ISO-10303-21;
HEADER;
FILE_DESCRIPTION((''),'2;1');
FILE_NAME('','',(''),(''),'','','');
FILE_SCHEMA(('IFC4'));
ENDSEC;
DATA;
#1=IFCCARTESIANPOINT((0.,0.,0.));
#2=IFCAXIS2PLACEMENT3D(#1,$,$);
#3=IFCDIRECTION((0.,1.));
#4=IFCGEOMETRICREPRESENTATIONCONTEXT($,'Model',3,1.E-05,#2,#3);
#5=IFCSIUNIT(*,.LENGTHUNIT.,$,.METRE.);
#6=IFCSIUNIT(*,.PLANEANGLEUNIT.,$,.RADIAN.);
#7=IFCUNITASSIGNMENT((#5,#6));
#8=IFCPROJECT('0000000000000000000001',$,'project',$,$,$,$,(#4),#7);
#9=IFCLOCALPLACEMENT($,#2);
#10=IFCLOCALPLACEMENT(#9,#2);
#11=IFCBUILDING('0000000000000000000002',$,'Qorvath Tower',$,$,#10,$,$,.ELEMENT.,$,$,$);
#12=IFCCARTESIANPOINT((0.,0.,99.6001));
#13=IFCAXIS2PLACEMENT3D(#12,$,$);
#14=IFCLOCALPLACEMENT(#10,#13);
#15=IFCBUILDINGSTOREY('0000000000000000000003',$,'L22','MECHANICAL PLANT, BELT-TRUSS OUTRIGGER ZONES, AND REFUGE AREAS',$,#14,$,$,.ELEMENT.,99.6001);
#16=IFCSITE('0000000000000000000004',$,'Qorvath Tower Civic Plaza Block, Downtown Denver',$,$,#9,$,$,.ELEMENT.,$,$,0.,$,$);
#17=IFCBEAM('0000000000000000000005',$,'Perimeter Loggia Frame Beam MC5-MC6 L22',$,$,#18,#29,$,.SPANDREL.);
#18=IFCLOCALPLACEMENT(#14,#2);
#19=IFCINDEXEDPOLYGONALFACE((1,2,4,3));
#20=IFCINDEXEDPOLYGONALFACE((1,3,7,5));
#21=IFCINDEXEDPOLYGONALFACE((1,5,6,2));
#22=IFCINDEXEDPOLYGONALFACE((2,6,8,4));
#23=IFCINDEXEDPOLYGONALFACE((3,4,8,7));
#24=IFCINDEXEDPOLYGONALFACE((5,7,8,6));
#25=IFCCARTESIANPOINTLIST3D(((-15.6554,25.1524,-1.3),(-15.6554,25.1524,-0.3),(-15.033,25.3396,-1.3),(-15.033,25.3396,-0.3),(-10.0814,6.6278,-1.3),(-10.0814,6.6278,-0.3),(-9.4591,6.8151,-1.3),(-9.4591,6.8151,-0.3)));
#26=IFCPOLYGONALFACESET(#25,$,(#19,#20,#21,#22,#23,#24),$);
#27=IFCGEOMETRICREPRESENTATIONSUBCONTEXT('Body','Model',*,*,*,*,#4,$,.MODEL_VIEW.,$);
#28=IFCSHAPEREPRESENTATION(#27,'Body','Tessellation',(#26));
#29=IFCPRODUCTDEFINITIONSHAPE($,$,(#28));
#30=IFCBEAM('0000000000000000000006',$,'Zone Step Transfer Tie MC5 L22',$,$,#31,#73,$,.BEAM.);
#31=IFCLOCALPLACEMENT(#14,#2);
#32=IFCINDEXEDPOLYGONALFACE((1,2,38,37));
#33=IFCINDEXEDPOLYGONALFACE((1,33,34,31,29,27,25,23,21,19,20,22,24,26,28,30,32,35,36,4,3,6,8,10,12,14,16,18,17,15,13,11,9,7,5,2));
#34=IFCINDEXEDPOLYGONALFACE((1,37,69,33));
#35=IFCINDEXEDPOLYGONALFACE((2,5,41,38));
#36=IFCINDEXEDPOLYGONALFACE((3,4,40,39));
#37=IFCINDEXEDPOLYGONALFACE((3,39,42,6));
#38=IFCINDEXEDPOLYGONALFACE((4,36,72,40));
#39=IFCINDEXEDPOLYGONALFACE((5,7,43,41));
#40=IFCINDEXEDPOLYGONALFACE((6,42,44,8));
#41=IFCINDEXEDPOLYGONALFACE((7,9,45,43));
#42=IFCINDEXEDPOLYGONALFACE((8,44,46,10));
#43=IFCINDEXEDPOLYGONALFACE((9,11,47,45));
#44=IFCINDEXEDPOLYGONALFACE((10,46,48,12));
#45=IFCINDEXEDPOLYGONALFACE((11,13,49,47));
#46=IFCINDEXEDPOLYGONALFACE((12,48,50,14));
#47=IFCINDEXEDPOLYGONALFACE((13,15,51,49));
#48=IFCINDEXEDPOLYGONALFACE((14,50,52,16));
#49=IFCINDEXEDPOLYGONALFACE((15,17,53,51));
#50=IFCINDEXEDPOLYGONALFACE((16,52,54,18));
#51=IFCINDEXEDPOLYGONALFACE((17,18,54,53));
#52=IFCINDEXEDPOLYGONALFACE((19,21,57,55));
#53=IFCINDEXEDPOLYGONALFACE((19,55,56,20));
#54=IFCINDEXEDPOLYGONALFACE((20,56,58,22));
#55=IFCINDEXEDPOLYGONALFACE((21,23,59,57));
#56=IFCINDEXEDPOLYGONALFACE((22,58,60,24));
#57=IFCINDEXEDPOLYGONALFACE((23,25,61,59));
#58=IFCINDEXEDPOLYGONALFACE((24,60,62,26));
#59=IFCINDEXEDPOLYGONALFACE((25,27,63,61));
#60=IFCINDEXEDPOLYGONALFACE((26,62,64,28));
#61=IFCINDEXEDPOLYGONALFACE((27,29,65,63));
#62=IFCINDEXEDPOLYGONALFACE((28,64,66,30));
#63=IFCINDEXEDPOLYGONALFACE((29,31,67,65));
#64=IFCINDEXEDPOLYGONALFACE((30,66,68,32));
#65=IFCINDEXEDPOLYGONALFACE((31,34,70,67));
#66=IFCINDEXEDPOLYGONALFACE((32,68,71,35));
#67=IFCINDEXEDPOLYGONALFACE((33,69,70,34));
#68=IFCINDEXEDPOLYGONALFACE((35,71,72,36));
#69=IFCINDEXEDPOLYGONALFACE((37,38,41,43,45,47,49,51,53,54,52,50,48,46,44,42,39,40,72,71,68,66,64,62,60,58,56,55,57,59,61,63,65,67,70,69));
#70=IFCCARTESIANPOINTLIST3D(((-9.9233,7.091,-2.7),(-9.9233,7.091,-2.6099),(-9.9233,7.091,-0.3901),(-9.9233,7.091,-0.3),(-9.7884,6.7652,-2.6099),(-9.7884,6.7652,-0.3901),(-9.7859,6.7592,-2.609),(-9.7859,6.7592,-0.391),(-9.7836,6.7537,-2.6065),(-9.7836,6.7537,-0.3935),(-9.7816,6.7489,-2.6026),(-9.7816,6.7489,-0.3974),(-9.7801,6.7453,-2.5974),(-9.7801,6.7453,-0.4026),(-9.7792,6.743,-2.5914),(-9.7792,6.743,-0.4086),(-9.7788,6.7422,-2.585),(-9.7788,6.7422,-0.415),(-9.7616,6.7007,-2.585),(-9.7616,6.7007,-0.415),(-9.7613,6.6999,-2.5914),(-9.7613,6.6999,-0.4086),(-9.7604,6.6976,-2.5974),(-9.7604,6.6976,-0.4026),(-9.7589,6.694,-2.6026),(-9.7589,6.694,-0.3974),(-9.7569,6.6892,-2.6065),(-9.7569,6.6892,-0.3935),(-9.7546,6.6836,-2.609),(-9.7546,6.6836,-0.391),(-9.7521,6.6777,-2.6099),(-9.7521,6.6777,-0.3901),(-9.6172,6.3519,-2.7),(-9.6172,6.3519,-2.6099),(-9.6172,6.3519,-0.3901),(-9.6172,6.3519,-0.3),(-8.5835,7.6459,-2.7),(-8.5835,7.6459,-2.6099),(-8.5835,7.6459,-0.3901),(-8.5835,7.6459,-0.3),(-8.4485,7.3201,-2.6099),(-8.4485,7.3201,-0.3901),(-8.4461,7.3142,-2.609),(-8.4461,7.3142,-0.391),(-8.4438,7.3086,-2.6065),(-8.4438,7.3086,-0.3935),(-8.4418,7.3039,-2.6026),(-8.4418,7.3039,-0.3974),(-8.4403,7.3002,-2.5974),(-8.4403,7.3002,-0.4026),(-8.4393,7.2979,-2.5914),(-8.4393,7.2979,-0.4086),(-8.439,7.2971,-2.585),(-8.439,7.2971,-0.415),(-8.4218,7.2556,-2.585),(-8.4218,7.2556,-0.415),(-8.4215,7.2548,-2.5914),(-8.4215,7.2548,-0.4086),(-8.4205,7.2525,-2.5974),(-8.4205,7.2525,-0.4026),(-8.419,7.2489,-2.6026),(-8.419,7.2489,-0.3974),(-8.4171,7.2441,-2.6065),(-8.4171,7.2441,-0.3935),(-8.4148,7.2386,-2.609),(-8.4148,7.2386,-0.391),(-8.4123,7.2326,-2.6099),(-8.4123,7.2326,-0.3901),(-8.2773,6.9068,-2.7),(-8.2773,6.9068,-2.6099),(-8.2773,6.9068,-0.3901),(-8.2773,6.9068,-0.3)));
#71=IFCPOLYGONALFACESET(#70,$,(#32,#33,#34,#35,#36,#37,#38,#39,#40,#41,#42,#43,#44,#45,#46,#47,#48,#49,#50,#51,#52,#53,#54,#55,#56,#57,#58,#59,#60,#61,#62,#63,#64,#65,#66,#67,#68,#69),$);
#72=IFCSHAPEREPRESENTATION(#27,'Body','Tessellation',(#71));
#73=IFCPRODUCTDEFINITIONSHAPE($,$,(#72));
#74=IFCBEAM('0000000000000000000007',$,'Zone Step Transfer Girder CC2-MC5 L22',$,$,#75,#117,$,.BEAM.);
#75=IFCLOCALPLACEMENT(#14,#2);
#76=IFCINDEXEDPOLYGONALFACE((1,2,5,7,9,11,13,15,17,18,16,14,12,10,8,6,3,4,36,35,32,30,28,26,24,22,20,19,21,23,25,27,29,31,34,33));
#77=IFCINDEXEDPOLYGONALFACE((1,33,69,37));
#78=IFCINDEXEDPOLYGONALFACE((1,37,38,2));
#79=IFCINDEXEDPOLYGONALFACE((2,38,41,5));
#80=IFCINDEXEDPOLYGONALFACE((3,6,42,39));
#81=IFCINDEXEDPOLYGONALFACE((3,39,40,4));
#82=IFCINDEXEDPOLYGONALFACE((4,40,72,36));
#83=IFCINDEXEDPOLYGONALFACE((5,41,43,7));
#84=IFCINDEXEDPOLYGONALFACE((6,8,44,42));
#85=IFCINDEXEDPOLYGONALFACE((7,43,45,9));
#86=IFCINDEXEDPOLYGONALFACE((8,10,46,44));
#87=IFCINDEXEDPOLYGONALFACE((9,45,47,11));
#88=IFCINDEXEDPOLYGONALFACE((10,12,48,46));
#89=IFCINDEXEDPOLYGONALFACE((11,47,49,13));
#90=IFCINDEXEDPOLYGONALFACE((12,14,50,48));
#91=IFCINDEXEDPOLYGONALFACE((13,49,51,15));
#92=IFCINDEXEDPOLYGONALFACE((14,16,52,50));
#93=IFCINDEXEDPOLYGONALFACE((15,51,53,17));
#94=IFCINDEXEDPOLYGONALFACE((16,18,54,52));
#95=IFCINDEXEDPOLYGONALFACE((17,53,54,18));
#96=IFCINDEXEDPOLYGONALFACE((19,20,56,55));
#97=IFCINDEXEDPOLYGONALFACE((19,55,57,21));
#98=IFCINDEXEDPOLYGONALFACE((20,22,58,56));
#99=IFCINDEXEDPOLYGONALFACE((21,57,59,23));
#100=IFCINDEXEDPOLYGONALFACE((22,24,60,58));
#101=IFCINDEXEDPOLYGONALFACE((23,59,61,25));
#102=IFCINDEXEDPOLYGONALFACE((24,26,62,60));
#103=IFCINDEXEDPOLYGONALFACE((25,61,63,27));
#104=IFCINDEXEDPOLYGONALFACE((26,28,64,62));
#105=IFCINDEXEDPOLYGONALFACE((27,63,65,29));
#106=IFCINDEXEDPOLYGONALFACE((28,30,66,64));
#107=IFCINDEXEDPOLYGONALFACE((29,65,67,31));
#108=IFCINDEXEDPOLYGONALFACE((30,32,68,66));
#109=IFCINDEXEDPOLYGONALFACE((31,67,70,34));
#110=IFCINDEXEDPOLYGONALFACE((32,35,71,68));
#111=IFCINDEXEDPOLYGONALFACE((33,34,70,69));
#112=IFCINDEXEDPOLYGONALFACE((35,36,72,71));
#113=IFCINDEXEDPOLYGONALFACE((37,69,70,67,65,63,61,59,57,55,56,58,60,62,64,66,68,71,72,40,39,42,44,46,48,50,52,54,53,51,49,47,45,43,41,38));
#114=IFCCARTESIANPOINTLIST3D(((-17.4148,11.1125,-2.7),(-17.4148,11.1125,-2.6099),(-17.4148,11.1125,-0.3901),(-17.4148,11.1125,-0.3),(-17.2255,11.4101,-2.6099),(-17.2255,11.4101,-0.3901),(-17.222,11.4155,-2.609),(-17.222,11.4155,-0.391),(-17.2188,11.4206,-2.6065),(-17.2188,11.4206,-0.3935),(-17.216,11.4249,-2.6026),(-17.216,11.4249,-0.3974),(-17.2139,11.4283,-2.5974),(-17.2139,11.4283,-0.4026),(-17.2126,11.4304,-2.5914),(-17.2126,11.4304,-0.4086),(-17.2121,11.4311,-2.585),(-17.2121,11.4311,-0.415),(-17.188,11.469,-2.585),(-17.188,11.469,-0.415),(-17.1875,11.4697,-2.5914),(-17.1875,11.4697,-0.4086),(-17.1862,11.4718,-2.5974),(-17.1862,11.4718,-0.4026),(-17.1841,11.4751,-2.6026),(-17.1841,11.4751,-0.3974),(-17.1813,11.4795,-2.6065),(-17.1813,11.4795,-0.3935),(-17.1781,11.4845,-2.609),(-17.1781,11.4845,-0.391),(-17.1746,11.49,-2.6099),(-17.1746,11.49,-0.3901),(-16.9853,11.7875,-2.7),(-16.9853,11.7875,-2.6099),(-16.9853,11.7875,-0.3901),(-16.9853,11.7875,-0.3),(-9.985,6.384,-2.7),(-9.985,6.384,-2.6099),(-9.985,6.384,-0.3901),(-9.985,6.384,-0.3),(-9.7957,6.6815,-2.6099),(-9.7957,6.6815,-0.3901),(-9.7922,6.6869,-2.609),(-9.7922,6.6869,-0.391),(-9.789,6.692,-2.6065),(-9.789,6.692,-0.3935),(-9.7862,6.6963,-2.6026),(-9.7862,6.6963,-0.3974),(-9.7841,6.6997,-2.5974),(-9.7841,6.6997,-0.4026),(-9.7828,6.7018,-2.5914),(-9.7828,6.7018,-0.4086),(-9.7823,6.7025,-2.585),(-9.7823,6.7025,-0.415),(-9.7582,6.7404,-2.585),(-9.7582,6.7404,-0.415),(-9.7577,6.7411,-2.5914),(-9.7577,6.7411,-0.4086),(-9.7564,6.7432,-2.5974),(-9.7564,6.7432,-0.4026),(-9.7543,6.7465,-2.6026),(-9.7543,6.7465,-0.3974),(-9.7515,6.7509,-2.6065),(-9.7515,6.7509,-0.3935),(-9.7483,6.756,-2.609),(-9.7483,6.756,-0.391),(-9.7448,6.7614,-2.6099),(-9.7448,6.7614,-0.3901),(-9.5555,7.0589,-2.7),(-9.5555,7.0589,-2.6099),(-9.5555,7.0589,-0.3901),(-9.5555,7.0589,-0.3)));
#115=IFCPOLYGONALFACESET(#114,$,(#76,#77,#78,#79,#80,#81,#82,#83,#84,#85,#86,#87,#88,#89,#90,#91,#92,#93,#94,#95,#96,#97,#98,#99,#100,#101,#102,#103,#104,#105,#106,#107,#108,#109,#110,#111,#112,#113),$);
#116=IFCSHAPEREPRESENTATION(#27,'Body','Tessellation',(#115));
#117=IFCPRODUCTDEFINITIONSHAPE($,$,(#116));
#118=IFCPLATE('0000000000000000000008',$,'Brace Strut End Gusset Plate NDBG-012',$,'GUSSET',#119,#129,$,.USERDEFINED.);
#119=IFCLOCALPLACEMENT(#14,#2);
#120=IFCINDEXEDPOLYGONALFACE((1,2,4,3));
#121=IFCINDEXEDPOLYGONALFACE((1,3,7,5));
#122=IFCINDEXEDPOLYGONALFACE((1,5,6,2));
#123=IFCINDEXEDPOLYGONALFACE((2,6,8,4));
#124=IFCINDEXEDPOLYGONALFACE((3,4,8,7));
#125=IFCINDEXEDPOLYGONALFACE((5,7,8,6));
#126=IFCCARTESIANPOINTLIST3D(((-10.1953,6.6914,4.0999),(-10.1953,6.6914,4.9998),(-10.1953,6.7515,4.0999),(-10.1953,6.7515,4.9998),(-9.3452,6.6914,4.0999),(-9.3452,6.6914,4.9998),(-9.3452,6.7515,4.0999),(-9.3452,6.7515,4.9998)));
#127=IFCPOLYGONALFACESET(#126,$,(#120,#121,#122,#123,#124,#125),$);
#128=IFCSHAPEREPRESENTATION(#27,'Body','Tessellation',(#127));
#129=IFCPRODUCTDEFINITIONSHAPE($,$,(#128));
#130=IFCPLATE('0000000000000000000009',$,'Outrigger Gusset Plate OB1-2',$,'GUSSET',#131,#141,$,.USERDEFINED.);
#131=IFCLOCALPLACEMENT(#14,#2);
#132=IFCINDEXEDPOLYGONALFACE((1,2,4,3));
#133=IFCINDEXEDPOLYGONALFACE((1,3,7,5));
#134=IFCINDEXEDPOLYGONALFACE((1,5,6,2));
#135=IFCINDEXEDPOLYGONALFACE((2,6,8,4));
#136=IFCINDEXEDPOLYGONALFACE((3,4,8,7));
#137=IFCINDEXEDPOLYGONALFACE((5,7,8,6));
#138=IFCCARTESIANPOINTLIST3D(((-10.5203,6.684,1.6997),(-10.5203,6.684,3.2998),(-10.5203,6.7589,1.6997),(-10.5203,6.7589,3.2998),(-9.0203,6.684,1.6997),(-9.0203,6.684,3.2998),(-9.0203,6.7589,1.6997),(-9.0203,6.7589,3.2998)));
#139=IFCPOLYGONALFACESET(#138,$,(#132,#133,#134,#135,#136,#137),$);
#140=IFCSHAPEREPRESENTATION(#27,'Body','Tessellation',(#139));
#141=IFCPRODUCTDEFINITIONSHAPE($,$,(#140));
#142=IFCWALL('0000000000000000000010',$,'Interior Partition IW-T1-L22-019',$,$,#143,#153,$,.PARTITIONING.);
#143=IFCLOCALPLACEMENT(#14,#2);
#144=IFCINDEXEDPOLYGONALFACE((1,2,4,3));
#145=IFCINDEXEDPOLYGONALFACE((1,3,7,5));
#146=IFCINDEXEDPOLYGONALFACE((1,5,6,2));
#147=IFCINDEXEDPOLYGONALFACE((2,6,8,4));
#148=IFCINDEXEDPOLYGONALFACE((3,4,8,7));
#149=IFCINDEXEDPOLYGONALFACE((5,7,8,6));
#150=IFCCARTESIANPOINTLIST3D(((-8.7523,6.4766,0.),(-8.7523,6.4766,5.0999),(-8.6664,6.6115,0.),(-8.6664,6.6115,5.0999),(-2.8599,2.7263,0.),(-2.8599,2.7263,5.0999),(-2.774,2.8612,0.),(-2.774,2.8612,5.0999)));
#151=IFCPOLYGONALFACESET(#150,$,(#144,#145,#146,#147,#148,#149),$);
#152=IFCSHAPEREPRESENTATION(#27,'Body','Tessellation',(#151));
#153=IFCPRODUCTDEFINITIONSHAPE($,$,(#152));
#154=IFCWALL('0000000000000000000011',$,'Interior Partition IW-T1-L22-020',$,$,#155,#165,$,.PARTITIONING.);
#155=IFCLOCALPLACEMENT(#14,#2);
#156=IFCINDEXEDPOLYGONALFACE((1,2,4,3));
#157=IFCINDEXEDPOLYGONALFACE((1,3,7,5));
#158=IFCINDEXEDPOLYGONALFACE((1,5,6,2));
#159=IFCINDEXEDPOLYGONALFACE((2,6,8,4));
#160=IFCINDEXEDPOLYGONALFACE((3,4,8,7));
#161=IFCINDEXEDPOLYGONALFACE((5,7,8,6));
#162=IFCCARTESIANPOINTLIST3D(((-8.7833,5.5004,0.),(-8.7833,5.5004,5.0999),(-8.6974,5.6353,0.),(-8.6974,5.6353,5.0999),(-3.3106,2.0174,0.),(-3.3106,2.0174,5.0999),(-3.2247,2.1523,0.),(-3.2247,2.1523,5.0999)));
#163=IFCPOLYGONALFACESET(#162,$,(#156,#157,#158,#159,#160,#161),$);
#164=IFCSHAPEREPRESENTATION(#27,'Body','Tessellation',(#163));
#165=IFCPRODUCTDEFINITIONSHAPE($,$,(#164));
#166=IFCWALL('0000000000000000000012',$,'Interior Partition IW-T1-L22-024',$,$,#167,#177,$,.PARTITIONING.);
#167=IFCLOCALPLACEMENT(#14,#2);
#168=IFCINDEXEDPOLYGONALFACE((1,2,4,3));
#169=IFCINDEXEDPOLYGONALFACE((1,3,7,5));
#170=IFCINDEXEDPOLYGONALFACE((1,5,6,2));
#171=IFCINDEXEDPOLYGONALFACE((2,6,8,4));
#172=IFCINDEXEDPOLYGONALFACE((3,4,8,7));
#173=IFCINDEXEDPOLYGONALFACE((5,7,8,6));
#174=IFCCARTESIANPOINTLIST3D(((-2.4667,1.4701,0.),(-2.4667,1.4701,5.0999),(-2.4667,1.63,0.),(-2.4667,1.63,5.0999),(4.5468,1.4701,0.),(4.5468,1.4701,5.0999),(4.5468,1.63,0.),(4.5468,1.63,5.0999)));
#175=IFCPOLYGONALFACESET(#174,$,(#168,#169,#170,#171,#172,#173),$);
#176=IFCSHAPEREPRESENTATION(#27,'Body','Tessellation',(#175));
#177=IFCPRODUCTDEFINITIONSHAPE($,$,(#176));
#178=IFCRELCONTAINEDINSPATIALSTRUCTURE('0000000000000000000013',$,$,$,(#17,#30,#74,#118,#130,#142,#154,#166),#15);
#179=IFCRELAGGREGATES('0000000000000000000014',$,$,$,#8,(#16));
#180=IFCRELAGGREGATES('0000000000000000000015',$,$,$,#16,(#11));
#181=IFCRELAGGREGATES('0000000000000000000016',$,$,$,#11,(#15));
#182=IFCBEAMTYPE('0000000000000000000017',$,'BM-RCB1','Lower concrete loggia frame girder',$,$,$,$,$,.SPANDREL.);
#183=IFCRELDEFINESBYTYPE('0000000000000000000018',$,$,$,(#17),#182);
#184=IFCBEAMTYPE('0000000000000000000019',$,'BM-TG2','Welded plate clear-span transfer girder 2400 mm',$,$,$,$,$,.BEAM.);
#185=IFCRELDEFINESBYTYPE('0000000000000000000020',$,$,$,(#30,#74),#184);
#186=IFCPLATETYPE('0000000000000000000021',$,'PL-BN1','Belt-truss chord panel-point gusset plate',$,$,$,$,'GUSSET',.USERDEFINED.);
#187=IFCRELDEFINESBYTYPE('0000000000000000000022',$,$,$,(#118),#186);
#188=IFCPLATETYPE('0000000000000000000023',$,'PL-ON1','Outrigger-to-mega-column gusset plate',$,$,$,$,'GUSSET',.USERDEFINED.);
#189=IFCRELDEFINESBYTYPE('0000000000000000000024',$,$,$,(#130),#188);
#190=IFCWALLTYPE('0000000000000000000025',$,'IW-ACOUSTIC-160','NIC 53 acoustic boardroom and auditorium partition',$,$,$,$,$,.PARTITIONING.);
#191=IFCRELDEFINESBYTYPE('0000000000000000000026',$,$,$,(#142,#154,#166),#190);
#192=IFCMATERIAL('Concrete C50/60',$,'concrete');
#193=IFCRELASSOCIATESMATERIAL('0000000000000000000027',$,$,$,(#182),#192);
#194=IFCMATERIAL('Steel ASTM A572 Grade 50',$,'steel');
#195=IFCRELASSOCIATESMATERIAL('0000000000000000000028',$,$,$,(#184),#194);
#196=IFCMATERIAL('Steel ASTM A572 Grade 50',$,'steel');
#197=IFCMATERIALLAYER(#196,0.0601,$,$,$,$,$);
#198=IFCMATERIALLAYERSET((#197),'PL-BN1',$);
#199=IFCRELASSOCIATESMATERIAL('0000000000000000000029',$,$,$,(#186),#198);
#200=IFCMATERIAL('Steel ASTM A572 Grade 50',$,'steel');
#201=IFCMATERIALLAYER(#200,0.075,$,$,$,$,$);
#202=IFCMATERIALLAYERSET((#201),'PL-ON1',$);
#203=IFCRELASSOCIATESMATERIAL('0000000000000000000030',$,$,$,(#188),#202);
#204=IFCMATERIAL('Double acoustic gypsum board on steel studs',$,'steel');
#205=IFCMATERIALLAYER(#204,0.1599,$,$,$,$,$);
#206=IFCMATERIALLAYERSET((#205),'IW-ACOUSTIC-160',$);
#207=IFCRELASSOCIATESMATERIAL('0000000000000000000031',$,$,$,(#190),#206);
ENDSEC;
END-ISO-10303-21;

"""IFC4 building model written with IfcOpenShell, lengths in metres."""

from ifc_helpers import new_model, si_unit, direction, frame, frame_2d, origin, origin_2d, place, context, subcontext, project, spatial, rectangle, i_section, extrude, material, layer, layer_set, material_profile, profile_set, type_object, element, save


model = new_model("IFC4")

# Units and contexts
model_context = context("Model", 3, precision=1e-05, world=origin(), true_north=direction((0.0, 1.0)))
body_context = subcontext(model_context, "Body", "Model", "MODEL_VIEW")
ifc_project = project(units=[si_unit("LENGTHUNIT", "METRE"), si_unit("PLANEANGLEUNIT", "RADIAN")], contexts=[model_context])

# Site, building, storey
site_placement = place(None, origin())
site = spatial("IfcSite", under=ifc_project, at=site_placement, Name="Qorvath Tower Civic Plaza Block, Downtown Denver", CompositionType="ELEMENT", RefElevation=0.0)
building_placement = place(site_placement, origin())
building = spatial("IfcBuilding", under=site, at=building_placement, Name="Qorvath Tower", CompositionType="ELEMENT")
storey_placement = place(building_placement, frame((0.0, 0.0, 99.6001)))
storey = spatial("IfcBuildingStorey", under=building, at=storey_placement, Name="L22", Description="MECHANICAL PLANT, BELT-TRUSS OUTRIGGER ZONES, AND REFUGE AREAS", CompositionType="ELEMENT", Elevation=99.6001)

# Beams
ifc_material_1 = material(Name="Concrete C50/60", Category="concrete")
ifc_material_profile_1 = material_profile(ifc_material_1, rectangle(XDim=0.6499, YDim=1.0, at=origin_2d()), Name="RCB 1000x650")
ifc_profile_set_1 = profile_set([ifc_material_profile_1], Name="Concrete C50/60")
beam_type_1 = type_object("IfcBeamType", Name="BM-RCB1", Description="Lower concrete loggia frame girder", PredefinedType="SPANDREL", material=ifc_profile_set_1)
beam_1_placement = place(storey_placement, frame((-9.7703, 6.7214, -0.8), z_axis=(-0.288134, 0.95759, 0.0), x_axis=(-0.95759, -0.288134, 0.0)))
element("IfcBeam", 1, at=beam_1_placement, inside=storey, type_object=beam_type_1, Name="Perimeter Loggia Frame Beam MC5-MC6 L22", PredefinedType="SPANDREL", context=body_context, shape_type="SweptSolid", body=[
    extrude(rectangle(XDim=0.6499, YDim=1.0, at=origin_2d()), origin(), (0.0, 0.0, 1.0), 19.345),
])
ifc_material_2 = material(Name="Steel ASTM A572 Grade 50", Category="steel")
ifc_material_profile_2 = material_profile(ifc_material_2, i_section(OverallWidth=0.8, OverallDepth=2.3999, WebThickness=0.0449, FlangeThickness=0.0901, FilletRadius=0.0249, at=origin_2d()), Name="WTG 2400x800")
ifc_profile_set_2 = profile_set([ifc_material_profile_2], Name="Steel ASTM A572 Grade 50")
beam_type_2 = type_object("IfcBeamType", Name="BM-TG2", Description="Welded plate clear-span transfer girder 2400 mm", PredefinedType="BEAM", material=ifc_profile_set_2)
beam_2_placement = place(storey_placement, frame((-8.4304, 7.2764, -1.5), z_axis=(-0.923892, -0.382654, 0.0), x_axis=(0.382654, -0.923892, 0.0)))
element("IfcBeam", 2, at=beam_2_placement, inside=storey, type_object=beam_type_2, Name="Zone Step Transfer Tie MC5 L22", PredefinedType="BEAM", context=body_context, shape_type="SweptSolid", body=[
    extrude(i_section(OverallWidth=0.8, OverallDepth=2.3999, WebThickness=0.0449, FlangeThickness=0.0901, FilletRadius=0.0249, at=origin_2d()), origin(), (0.0, 0.0, 1.0), 1.4502),
])
beam_3_placement = place(storey_placement, frame((-9.7703, 6.7214, -1.5), z_axis=(-0.843634, 0.536919, 0.0), x_axis=(-0.536919, -0.843634, 0.0)))
element("IfcBeam", 3, at=beam_3_placement, inside=storey, type_object=beam_type_2, Name="Zone Step Transfer Girder CC2-MC5 L22", PredefinedType="BEAM", context=body_context, shape_type="SweptSolid", body=[
    extrude(i_section(OverallWidth=0.8, OverallDepth=2.3999, WebThickness=0.0449, FlangeThickness=0.0901, FilletRadius=0.0249, at=origin_2d()), origin(), (0.0, 0.0, 1.0), 8.8069),
])

# Plates
ifc_material_3 = material(Name="Steel ASTM A572 Grade 50", Category="steel")
ifc_layer_1 = layer(ifc_material_3, 0.0601)
ifc_layer_set_1 = layer_set([ifc_layer_1], Name="PL-BN1")
plate_type_1 = type_object("IfcPlateType", Name="PL-BN1", Description="Belt-truss chord panel-point gusset plate", ElementType="GUSSET", PredefinedType="USERDEFINED", material=ifc_layer_set_1)
plate_1_placement = place(storey_placement, frame((-9.7703, 6.7214, 4.0999), z_axis=(0.0, 0.0, 1.0), x_axis=(1.0, 0.0, 0.0)))
element("IfcPlate", 4, at=plate_1_placement, inside=storey, type_object=plate_type_1, Name="Brace Strut End Gusset Plate NDBG-012", ObjectType="GUSSET", PredefinedType="USERDEFINED", context=body_context, shape_type="SweptSolid", body=[
    extrude(rectangle(XDim=0.8501, YDim=0.0601, at=origin_2d()), origin(), (0.0, 0.0, 1.0), 0.8999),
])
ifc_material_4 = material(Name="Steel ASTM A572 Grade 50", Category="steel")
ifc_layer_2 = layer(ifc_material_4, 0.075)
ifc_layer_set_2 = layer_set([ifc_layer_2], Name="PL-ON1")
plate_type_2 = type_object("IfcPlateType", Name="PL-ON1", Description="Outrigger-to-mega-column gusset plate", ElementType="GUSSET", PredefinedType="USERDEFINED", material=ifc_layer_set_2)
plate_2_placement = place(storey_placement, frame((-9.7703, 6.7214, 1.6997), z_axis=(0.0, 0.0, 1.0), x_axis=(1.0, 0.0, 0.0)))
element("IfcPlate", 5, at=plate_2_placement, inside=storey, type_object=plate_type_2, Name="Outrigger Gusset Plate OB1-2", ObjectType="GUSSET", PredefinedType="USERDEFINED", context=body_context, shape_type="SweptSolid", body=[
    extrude(rectangle(XDim=1.5, YDim=0.075, at=origin_2d()), origin(), (0.0, 0.0, 1.0), 1.6001),
])

# Walls
ifc_material_5 = material(Name="Double acoustic gypsum board on steel studs", Category="steel")
ifc_layer_3 = layer(ifc_material_5, 0.1599)
ifc_layer_set_3 = layer_set([ifc_layer_3], Name="IW-ACOUSTIC-160")
wall_type_1 = type_object("IfcWallType", Name="IW-ACOUSTIC-160", Description="NIC 53 acoustic boardroom and auditorium partition", PredefinedType="PARTITIONING", material=ifc_layer_set_3)
wall_1_placement = place(storey_placement, frame((-8.7092, 6.5439, 0.0), z_axis=(0.0, 0.0, 1.0), x_axis=(0.843624, -0.536934, 0.0)))
element("IfcWall", 6, at=wall_1_placement, inside=storey, type_object=wall_type_1, Name="Interior Partition IW-T1-L22-019", PredefinedType="PARTITIONING", context=body_context, shape_type="SweptSolid", body=[
    extrude(rectangle(XDim=6.9846, YDim=0.1599, at=frame_2d((3.4922, 0.0))), origin(), (0.0, 0.0, 1.0), 5.0999),
])
wall_2_placement = place(storey_placement, frame((-8.7405, 5.5679, 0.0), z_axis=(0.0, 0.0, 1.0), x_axis=(0.84364, -0.53691, 0.0)))
element("IfcWall", 7, at=wall_2_placement, inside=storey, type_object=wall_type_1, Name="Interior Partition IW-T1-L22-020", PredefinedType="PARTITIONING", context=body_context, shape_type="SweptSolid", body=[
    extrude(rectangle(XDim=6.4871, YDim=0.1599, at=frame_2d((3.2437, 0.0))), origin(), (0.0, 0.0, 1.0), 5.0999),
])
wall_3_placement = place(storey_placement, frame((-2.4668, 1.55, 0.0), z_axis=(0.0, 0.0, 1.0), x_axis=(1.0, 0.0, 0.0)))
element("IfcWall", 8, at=wall_3_placement, inside=storey, type_object=wall_type_1, Name="Interior Partition IW-T1-L22-024", PredefinedType="PARTITIONING", context=body_context, shape_type="SweptSolid", body=[
    extrude(rectangle(XDim=7.0134, YDim=0.1599, at=frame_2d((3.5068, 0.0))), origin(), (0.0, 0.0, 1.0), 5.0999),
])

save(model, "model.ifc")
